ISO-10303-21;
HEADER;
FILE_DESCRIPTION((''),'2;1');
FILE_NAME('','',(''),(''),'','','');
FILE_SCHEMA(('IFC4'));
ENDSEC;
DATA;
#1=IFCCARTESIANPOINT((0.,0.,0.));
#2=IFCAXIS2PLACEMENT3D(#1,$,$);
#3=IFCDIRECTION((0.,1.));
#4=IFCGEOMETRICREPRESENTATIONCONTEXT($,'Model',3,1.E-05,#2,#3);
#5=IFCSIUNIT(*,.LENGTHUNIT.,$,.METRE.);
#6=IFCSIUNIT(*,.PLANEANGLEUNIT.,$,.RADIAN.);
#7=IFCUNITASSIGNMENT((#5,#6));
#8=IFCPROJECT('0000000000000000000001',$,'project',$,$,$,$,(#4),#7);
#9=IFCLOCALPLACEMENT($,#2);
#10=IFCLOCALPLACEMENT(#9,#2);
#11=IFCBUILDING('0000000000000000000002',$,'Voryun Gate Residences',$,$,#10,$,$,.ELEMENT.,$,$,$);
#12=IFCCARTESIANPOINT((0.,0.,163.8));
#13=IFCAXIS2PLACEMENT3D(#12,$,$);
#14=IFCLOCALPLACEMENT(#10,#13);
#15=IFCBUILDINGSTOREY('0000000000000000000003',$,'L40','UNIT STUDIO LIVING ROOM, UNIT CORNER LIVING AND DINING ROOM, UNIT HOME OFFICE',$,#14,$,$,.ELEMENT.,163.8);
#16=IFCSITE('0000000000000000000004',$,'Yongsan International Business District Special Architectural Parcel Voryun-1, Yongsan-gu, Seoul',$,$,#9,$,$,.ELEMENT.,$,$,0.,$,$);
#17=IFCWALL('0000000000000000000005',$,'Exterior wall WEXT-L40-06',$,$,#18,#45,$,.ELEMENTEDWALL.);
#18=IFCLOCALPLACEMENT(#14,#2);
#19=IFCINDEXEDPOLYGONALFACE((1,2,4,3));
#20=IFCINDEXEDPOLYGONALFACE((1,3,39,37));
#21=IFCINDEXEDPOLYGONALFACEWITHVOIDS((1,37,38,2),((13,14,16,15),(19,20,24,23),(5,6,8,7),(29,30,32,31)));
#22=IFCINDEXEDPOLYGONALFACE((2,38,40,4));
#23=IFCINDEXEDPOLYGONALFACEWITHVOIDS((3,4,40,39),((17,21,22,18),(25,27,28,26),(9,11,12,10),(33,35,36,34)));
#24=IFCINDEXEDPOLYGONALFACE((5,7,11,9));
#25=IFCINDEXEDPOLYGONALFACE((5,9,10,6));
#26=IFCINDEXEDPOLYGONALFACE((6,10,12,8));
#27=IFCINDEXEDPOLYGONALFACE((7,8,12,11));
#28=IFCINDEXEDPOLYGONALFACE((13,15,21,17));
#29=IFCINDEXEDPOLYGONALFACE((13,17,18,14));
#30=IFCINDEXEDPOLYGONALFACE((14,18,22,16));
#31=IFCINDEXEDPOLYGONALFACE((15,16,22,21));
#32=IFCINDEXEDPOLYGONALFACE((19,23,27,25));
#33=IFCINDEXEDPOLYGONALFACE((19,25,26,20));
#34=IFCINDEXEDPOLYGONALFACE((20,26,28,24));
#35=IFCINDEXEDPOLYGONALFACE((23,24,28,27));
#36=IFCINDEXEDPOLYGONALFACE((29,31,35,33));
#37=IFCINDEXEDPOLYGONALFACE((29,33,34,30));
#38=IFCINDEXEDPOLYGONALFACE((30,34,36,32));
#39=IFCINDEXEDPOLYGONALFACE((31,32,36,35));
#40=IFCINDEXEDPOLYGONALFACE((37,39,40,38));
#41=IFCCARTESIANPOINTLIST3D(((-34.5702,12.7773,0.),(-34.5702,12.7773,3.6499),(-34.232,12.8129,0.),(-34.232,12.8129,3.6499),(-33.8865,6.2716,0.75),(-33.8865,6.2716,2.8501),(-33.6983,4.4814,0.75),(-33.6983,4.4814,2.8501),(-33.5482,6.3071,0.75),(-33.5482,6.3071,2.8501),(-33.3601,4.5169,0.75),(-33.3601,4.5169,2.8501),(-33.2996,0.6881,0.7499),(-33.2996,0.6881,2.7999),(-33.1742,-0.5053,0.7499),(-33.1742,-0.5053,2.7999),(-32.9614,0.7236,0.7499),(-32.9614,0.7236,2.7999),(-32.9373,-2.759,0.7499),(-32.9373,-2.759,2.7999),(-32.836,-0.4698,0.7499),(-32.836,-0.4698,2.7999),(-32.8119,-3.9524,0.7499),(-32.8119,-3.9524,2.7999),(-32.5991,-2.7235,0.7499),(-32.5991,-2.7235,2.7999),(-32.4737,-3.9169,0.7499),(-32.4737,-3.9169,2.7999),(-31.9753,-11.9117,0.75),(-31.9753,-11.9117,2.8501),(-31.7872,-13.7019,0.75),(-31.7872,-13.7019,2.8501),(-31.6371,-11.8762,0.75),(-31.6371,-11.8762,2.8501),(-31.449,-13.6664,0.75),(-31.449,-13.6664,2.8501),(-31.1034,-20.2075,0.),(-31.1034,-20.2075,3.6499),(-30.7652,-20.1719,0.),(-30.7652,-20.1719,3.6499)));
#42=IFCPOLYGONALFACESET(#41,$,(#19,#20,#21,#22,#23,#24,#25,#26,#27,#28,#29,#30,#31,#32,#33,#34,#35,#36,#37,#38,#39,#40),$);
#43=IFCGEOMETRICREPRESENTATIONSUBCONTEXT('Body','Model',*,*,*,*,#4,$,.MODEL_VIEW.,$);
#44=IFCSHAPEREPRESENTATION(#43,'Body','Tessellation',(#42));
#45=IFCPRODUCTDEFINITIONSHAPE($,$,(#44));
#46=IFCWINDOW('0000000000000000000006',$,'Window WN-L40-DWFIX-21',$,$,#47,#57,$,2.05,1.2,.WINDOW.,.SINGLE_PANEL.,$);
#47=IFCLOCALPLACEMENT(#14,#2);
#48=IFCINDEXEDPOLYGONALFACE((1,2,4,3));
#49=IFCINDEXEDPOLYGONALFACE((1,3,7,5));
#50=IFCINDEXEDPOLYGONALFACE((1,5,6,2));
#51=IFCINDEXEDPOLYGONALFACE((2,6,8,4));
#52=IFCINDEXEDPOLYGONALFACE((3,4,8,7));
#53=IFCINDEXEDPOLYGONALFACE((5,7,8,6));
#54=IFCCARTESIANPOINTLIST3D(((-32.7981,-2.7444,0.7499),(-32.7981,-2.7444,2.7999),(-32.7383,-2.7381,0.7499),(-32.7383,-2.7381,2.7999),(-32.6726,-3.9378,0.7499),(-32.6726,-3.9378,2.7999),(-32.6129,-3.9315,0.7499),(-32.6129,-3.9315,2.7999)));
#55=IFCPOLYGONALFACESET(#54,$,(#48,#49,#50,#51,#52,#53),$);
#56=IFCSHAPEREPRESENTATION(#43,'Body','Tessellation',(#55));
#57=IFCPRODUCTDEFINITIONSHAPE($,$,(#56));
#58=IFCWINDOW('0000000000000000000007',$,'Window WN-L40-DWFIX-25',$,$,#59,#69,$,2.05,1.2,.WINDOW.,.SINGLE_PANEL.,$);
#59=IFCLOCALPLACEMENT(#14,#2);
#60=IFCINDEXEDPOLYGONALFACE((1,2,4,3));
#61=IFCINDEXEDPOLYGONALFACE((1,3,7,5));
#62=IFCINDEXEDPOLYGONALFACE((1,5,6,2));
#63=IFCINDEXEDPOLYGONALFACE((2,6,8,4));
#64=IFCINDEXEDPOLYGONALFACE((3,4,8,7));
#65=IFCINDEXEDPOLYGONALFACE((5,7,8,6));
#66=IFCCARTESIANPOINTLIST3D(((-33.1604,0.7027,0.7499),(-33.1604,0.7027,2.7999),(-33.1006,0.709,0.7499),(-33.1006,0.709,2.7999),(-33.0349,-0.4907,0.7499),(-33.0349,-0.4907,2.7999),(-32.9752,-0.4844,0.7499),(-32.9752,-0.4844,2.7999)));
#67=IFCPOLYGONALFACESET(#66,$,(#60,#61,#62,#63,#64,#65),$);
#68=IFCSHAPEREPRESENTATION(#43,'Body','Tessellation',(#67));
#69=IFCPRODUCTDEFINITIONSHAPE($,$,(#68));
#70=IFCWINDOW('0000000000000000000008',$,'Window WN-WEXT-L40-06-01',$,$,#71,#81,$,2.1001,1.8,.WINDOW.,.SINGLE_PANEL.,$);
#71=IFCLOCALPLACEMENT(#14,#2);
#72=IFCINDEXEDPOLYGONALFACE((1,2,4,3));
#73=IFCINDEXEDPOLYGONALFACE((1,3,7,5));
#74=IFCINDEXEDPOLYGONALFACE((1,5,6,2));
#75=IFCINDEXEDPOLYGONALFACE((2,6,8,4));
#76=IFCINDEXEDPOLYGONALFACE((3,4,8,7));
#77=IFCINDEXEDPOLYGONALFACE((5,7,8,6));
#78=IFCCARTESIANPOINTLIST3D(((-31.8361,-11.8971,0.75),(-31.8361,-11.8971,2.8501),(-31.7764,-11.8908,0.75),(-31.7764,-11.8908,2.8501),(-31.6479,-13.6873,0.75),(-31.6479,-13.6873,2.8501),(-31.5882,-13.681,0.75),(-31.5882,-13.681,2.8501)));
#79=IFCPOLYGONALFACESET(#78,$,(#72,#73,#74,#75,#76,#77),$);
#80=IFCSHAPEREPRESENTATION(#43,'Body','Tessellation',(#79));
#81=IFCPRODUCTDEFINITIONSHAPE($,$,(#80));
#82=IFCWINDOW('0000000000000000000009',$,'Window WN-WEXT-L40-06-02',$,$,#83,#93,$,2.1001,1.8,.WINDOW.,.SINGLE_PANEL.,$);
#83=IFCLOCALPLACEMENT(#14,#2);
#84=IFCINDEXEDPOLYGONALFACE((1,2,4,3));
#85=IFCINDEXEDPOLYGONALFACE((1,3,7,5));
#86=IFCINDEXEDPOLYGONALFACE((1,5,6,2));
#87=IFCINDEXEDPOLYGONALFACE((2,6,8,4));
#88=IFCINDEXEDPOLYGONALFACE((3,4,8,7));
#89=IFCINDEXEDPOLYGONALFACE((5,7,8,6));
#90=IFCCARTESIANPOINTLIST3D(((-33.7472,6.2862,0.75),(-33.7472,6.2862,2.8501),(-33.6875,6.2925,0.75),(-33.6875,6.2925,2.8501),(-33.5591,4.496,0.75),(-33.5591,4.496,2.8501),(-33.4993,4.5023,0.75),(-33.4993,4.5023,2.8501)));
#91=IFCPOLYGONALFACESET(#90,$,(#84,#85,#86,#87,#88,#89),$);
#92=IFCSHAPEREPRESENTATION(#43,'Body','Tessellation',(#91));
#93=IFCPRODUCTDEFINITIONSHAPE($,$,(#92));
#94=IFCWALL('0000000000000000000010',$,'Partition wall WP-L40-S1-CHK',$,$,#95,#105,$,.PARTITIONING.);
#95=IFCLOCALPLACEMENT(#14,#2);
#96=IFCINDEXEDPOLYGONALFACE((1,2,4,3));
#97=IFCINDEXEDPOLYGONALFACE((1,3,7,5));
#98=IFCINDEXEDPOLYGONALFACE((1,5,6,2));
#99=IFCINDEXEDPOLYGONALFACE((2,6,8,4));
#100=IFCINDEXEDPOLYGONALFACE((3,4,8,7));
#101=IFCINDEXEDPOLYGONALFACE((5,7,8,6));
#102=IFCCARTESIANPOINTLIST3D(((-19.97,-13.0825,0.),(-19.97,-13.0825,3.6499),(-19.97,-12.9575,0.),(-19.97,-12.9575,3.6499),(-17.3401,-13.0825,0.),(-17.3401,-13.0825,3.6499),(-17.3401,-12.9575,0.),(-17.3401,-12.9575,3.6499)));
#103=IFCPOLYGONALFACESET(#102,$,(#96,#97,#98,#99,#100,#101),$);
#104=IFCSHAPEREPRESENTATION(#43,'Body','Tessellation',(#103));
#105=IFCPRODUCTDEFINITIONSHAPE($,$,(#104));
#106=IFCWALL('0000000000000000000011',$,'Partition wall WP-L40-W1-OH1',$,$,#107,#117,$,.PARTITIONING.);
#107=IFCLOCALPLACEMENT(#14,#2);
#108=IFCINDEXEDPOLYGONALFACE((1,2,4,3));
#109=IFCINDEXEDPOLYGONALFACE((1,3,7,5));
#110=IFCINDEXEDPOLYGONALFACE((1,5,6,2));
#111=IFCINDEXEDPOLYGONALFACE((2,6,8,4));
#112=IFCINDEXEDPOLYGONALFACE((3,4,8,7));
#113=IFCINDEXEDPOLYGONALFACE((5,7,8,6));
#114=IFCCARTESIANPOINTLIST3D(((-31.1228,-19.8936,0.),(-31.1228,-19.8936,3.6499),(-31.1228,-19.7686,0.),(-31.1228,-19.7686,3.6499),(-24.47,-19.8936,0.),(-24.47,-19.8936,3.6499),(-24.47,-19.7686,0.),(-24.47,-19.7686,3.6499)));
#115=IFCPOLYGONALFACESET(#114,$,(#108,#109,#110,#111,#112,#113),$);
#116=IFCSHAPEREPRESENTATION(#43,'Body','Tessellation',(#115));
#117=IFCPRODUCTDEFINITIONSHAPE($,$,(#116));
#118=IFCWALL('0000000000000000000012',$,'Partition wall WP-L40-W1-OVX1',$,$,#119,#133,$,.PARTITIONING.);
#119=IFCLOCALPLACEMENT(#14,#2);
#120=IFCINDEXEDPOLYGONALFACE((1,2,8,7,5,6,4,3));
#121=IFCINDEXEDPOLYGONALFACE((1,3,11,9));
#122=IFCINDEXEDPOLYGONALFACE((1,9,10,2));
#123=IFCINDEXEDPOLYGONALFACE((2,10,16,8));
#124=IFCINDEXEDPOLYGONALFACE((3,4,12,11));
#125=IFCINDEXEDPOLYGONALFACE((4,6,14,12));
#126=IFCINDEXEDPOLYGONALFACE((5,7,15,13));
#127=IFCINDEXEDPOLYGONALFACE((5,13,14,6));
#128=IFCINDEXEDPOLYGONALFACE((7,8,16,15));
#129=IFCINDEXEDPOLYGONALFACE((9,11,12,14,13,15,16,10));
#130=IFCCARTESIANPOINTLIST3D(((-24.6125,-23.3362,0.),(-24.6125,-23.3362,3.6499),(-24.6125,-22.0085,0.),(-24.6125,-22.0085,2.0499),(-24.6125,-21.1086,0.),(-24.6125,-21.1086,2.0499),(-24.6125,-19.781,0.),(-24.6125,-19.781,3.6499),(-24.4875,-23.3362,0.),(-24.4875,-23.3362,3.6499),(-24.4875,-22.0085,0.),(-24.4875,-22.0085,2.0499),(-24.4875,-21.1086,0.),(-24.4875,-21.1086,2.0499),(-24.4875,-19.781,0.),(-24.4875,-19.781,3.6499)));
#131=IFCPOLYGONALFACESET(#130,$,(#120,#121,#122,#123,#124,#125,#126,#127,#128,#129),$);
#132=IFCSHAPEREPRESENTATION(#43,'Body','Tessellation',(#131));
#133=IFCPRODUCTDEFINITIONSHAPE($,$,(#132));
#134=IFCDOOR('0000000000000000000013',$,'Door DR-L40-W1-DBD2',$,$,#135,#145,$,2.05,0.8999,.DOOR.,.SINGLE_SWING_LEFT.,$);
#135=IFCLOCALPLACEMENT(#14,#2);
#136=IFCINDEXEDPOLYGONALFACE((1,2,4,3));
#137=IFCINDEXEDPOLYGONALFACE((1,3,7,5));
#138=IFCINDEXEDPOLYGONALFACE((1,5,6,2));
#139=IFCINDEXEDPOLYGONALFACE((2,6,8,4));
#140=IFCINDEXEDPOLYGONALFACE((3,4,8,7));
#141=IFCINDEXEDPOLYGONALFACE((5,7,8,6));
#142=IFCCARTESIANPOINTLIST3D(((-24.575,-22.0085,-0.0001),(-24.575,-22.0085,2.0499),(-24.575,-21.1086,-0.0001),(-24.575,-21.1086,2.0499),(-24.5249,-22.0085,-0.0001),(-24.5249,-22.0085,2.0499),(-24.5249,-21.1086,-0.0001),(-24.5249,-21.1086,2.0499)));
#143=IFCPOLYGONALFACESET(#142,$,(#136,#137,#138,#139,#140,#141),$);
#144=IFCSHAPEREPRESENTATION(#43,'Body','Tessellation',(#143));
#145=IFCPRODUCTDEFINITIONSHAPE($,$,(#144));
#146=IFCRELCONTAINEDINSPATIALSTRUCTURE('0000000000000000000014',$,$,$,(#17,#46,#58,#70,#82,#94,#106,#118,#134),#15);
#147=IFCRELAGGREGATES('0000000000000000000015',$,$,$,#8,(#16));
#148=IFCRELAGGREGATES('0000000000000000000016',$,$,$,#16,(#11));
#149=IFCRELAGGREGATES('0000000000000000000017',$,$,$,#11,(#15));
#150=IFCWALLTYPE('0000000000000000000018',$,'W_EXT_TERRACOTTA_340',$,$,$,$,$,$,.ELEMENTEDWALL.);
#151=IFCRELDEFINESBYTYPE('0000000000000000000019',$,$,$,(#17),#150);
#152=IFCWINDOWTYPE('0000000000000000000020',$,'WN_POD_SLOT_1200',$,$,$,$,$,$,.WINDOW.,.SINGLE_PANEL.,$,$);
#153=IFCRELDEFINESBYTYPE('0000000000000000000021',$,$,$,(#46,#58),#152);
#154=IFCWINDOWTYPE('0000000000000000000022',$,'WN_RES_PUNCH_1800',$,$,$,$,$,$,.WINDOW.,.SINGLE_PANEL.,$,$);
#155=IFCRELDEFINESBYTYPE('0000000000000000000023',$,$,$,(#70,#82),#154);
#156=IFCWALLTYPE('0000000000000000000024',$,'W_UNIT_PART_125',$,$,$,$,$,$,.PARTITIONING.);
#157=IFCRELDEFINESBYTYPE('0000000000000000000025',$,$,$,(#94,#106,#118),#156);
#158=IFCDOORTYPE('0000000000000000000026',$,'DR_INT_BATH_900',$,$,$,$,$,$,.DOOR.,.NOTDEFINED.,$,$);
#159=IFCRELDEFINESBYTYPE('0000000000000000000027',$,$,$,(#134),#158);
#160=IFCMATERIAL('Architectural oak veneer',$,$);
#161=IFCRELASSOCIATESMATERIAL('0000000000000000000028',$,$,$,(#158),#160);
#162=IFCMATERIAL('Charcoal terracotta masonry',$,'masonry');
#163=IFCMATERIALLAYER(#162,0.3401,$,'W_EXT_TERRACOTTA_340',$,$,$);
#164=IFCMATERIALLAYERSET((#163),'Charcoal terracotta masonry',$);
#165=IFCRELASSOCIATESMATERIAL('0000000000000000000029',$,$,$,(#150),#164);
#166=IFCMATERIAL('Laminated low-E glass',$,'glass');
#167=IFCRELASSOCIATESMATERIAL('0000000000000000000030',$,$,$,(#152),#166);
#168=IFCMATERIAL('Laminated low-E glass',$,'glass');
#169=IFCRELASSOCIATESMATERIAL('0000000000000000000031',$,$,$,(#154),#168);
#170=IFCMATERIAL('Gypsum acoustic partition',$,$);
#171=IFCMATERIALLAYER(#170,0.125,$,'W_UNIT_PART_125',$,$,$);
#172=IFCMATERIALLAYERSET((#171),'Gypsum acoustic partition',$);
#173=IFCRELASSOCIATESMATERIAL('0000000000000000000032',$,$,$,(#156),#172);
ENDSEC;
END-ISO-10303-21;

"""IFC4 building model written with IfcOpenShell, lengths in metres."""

from ifc_helpers import new_model, si_unit, direction, frame, frame_2d, origin, place, context, subcontext, project, spatial, rectangle, extrude, material, layer, layer_set, type_object, element, fill, save


model = new_model("IFC4")

# Units and contexts
model_context = context("Model", 3, precision=1e-05, world=origin(), true_north=direction((0.0, 1.0)))
body_context = subcontext(model_context, "Body", "Model", "MODEL_VIEW")
ifc_project = project(units=[si_unit("LENGTHUNIT", "METRE"), si_unit("PLANEANGLEUNIT", "RADIAN")], contexts=[model_context])

# Site, building, storey
site_placement = place(None, origin())
site = spatial("IfcSite", under=ifc_project, at=site_placement, Name="Yongsan International Business District Special Architectural Parcel Voryun-1, Yongsan-gu, Seoul", CompositionType="ELEMENT", RefElevation=0.0)
building_placement = place(site_placement, origin())
building = spatial("IfcBuilding", under=site, at=building_placement, Name="Voryun Gate Residences", CompositionType="ELEMENT")
storey_placement = place(building_placement, frame((0.0, 0.0, 163.8)))
storey = spatial("IfcBuildingStorey", under=building, at=storey_placement, Name="L40", Description="UNIT STUDIO LIVING ROOM, UNIT CORNER LIVING AND DINING ROOM, UNIT HOME OFFICE", CompositionType="ELEMENT", Elevation=163.8)

# Shared definitions
ifc_material_1 = material(Name="Architectural oak veneer")
door_type_1 = type_object("IfcDoorType", Name="DR_INT_BATH_900", OperationType="NOTDEFINED", PredefinedType="DOOR", material=ifc_material_1)

# Shared definitions
ifc_material_2 = material(Name="Charcoal terracotta masonry", Category="masonry")
ifc_layer_1 = layer(ifc_material_2, 0.3401, Name="W_EXT_TERRACOTTA_340")
ifc_layer_set_1 = layer_set([ifc_layer_1], Name="Charcoal terracotta masonry")
wall_type_1 = type_object("IfcWallType", Name="W_EXT_TERRACOTTA_340", PredefinedType="ELEMENTEDWALL", material=ifc_layer_set_1)

# Wall, openings, windows
wall_1_placement = place(storey_placement, frame((-30.9343, -20.1897, 0.0), z_axis=(0.0, 0.0, 1.0), x_axis=(-0.104527, 0.994522, 0.0)))
wall_1 = element("IfcWall", 1, at=wall_1_placement, inside=storey, type_object=wall_type_1, Name="Exterior wall WEXT-L40-06", PredefinedType="ELEMENTEDWALL", context=body_context, shape_type="SweptSolid", body=[
    extrude(rectangle(XDim=33.1665, YDim=0.3401, at=frame_2d((16.5833, 0.0))), origin(), (0.0, 0.0, 1.0), 3.6499),
])
opening_1_placement = place(wall_1_placement, frame((6.5415, 0.0, 0.75)))
opening_1 = element("IfcOpeningElement", 2, at=opening_1_placement, cuts=wall_1, PredefinedType="OPENING", context=body_context, shape_type="SweptSolid", body=[
    extrude(rectangle(XDim=1.8, YDim=2.1001, at=frame_2d((0.8999, 1.05))), frame((0.0, 0.1799, 0.0), z_axis=(0.0, -1.0, 0.0), x_axis=(1.0, 0.0, 0.0)), (0.0, 0.0, 1.0), 0.3601),
])
opening_2_placement = place(wall_1_placement, frame((24.825, 0.0, 0.75)))
opening_2 = element("IfcOpeningElement", 3, at=opening_2_placement, cuts=wall_1, PredefinedType="OPENING", context=body_context, shape_type="SweptSolid", body=[
    extrude(rectangle(XDim=1.8, YDim=2.1001, at=frame_2d((0.8999, 1.05))), frame((0.0, 0.1799, 0.0), z_axis=(0.0, -1.0, 0.0), x_axis=(1.0, 0.0, 0.0)), (0.0, 0.0, 1.0), 0.3601),
])
opening_3_placement = place(wall_1_placement, frame((16.3445, 0.0, 0.75)))
opening_3 = element("IfcOpeningElement", 4, at=opening_3_placement, cuts=wall_1, PredefinedType="OPENING", context=body_context, shape_type="SweptSolid", body=[
    extrude(rectangle(XDim=1.2, YDim=2.05, at=frame_2d((0.6001, 1.0249))), frame((0.0, 0.1799, 0.0), z_axis=(0.0, -1.0, 0.0), x_axis=(1.0, 0.0, 0.0)), (0.0, 0.0, 1.0), 0.3601),
])
opening_4_placement = place(wall_1_placement, frame((19.8105, 0.0, 0.75)))
opening_4 = element("IfcOpeningElement", 5, at=opening_4_placement, cuts=wall_1, PredefinedType="OPENING", context=body_context, shape_type="SweptSolid", body=[
    extrude(rectangle(XDim=1.2, YDim=2.05, at=frame_2d((0.6001, 1.0249))), frame((0.0, 0.1799, 0.0), z_axis=(0.0, -1.0, 0.0), x_axis=(1.0, 0.0, 0.0)), (0.0, 0.0, 1.0), 0.3601),
])
ifc_material_3 = material(Name="Laminated low-E glass", Category="glass")
window_type_1 = type_object("IfcWindowType", Name="WN_POD_SLOT_1200", PartitioningType="SINGLE_PANEL", PredefinedType="WINDOW", material=ifc_material_3)
window_1_placement = place(opening_3_placement, origin())
window_1 = element("IfcWindow", 6, at=window_1_placement, inside=storey, type_object=window_type_1, Name="Window WN-L40-DWFIX-21", OverallHeight=2.05, OverallWidth=1.2, PartitioningType="SINGLE_PANEL", PredefinedType="WINDOW", context=body_context, shape_type="SweptSolid", body=[
    extrude(rectangle(XDim=1.2, YDim=2.05, at=frame_2d((0.6001, 1.0249))), frame((0.0, 0.03, 0.0), z_axis=(0.0, -1.0, 0.0), x_axis=(1.0, 0.0, 0.0)), (0.0, 0.0, 1.0), 0.0601),
])
fill(opening_3, window_1)
window_2_placement = place(opening_4_placement, origin())
window_2 = element("IfcWindow", 7, at=window_2_placement, inside=storey, type_object=window_type_1, Name="Window WN-L40-DWFIX-25", OverallHeight=2.05, OverallWidth=1.2, PartitioningType="SINGLE_PANEL", PredefinedType="WINDOW", context=body_context, shape_type="SweptSolid", body=[
    extrude(rectangle(XDim=1.2, YDim=2.05, at=frame_2d((0.6001, 1.0249))), frame((0.0, 0.03, 0.0), z_axis=(0.0, -1.0, 0.0), x_axis=(1.0, 0.0, 0.0)), (0.0, 0.0, 1.0), 0.0601),
])
fill(opening_4, window_2)
ifc_material_4 = material(Name="Laminated low-E glass", Category="glass")
window_type_2 = type_object("IfcWindowType", Name="WN_RES_PUNCH_1800", PartitioningType="SINGLE_PANEL", PredefinedType="WINDOW", material=ifc_material_4)
window_3_placement = place(opening_1_placement, origin())
window_3 = element("IfcWindow", 8, at=window_3_placement, inside=storey, type_object=window_type_2, Name="Window WN-WEXT-L40-06-01", OverallHeight=2.1001, OverallWidth=1.8, PartitioningType="SINGLE_PANEL", PredefinedType="WINDOW", context=body_context, shape_type="SweptSolid", body=[
    extrude(rectangle(XDim=1.8, YDim=2.1001, at=frame_2d((0.8999, 1.05))), frame((0.0, 0.03, 0.0), z_axis=(0.0, -1.0, 0.0), x_axis=(1.0, 0.0, 0.0)), (0.0, 0.0, 1.0), 0.0601),
])
fill(opening_1, window_3)
window_4_placement = place(opening_2_placement, origin())
window_4 = element("IfcWindow", 9, at=window_4_placement, inside=storey, type_object=window_type_2, Name="Window WN-WEXT-L40-06-02", OverallHeight=2.1001, OverallWidth=1.8, PartitioningType="SINGLE_PANEL", PredefinedType="WINDOW", context=body_context, shape_type="SweptSolid", body=[
    extrude(rectangle(XDim=1.8, YDim=2.1001, at=frame_2d((0.8999, 1.05))), frame((0.0, 0.03, 0.0), z_axis=(0.0, -1.0, 0.0), x_axis=(1.0, 0.0, 0.0)), (0.0, 0.0, 1.0), 0.0601),
])
fill(opening_2, window_4)

# Walls
ifc_material_5 = material(Name="Gypsum acoustic partition")
ifc_layer_2 = layer(ifc_material_5, 0.125, Name="W_UNIT_PART_125")
ifc_layer_set_2 = layer_set([ifc_layer_2], Name="Gypsum acoustic partition")
wall_type_2 = type_object("IfcWallType", Name="W_UNIT_PART_125", PredefinedType="PARTITIONING", material=ifc_layer_set_2)
wall_2_placement = place(storey_placement, frame((-19.97, -13.02, 0.0), z_axis=(0.0, 0.0, 1.0), x_axis=(1.0, 0.0, 0.0)))
element("IfcWall", 10, at=wall_2_placement, inside=storey, type_object=wall_type_2, Name="Partition wall WP-L40-S1-CHK", PredefinedType="PARTITIONING", context=body_context, shape_type="SweptSolid", body=[
    extrude(rectangle(XDim=2.6299, YDim=0.125, at=frame_2d((1.3149, 0.0))), origin(), (0.0, 0.0, 1.0), 3.6499),
])
wall_3_placement = place(storey_placement, frame((-31.1228, -19.8311, 0.0), z_axis=(0.0, 0.0, 1.0), x_axis=(1.0, 0.0, 0.0)))
element("IfcWall", 11, at=wall_3_placement, inside=storey, type_object=wall_type_2, Name="Partition wall WP-L40-W1-OH1", PredefinedType="PARTITIONING", context=body_context, shape_type="SweptSolid", body=[
    extrude(rectangle(XDim=6.6528, YDim=0.125, at=frame_2d((3.3264, 0.0))), origin(), (0.0, 0.0, 1.0), 3.6499),
])

# Wall, opening, door
wall_4_placement = place(storey_placement, frame((-24.55, -23.3362, 0.0), z_axis=(0.0, 0.0, 1.0), x_axis=(0.0, 1.0, 0.0)))
wall_4 = element("IfcWall", 12, at=wall_4_placement, inside=storey, type_object=wall_type_2, Name="Partition wall WP-L40-W1-OVX1", PredefinedType="PARTITIONING", context=body_context, shape_type="SweptSolid", body=[
    extrude(rectangle(XDim=3.5552, YDim=0.125, at=frame_2d((1.7776, 0.0))), origin(), (0.0, 0.0, 1.0), 3.6499),
])
opening_5_placement = place(wall_4_placement, frame((1.3276, 0.0, 0.0)))
opening_5 = element("IfcOpeningElement", 13, at=opening_5_placement, cuts=wall_4, PredefinedType="OPENING", context=body_context, shape_type="SweptSolid", body=[
    extrude(rectangle(XDim=0.8999, YDim=2.05, at=frame_2d((0.45, 1.0249))), frame((0.0, 0.0725, 0.0), z_axis=(0.0, -1.0, 0.0), x_axis=(1.0, 0.0, 0.0)), (0.0, 0.0, 1.0), 0.145),
])
door_1_placement = place(opening_5_placement, origin())
door_1 = element("IfcDoor", 14, at=door_1_placement, inside=storey, type_object=door_type_1, Name="Door DR-L40-W1-DBD2", OperationType="SINGLE_SWING_LEFT", OverallHeight=2.05, OverallWidth=0.8999, PredefinedType="DOOR", context=body_context, shape_type="SweptSolid", body=[
    extrude(rectangle(XDim=0.8999, YDim=2.05, at=frame_2d((0.45, 1.0249))), frame((0.0, 0.0249, 0.0), z_axis=(0.0, -1.0, 0.0), x_axis=(1.0, 0.0, 0.0)), (0.0, 0.0, 1.0), 0.05),
])
fill(opening_5, door_1)

save(model, "model.ifc")
